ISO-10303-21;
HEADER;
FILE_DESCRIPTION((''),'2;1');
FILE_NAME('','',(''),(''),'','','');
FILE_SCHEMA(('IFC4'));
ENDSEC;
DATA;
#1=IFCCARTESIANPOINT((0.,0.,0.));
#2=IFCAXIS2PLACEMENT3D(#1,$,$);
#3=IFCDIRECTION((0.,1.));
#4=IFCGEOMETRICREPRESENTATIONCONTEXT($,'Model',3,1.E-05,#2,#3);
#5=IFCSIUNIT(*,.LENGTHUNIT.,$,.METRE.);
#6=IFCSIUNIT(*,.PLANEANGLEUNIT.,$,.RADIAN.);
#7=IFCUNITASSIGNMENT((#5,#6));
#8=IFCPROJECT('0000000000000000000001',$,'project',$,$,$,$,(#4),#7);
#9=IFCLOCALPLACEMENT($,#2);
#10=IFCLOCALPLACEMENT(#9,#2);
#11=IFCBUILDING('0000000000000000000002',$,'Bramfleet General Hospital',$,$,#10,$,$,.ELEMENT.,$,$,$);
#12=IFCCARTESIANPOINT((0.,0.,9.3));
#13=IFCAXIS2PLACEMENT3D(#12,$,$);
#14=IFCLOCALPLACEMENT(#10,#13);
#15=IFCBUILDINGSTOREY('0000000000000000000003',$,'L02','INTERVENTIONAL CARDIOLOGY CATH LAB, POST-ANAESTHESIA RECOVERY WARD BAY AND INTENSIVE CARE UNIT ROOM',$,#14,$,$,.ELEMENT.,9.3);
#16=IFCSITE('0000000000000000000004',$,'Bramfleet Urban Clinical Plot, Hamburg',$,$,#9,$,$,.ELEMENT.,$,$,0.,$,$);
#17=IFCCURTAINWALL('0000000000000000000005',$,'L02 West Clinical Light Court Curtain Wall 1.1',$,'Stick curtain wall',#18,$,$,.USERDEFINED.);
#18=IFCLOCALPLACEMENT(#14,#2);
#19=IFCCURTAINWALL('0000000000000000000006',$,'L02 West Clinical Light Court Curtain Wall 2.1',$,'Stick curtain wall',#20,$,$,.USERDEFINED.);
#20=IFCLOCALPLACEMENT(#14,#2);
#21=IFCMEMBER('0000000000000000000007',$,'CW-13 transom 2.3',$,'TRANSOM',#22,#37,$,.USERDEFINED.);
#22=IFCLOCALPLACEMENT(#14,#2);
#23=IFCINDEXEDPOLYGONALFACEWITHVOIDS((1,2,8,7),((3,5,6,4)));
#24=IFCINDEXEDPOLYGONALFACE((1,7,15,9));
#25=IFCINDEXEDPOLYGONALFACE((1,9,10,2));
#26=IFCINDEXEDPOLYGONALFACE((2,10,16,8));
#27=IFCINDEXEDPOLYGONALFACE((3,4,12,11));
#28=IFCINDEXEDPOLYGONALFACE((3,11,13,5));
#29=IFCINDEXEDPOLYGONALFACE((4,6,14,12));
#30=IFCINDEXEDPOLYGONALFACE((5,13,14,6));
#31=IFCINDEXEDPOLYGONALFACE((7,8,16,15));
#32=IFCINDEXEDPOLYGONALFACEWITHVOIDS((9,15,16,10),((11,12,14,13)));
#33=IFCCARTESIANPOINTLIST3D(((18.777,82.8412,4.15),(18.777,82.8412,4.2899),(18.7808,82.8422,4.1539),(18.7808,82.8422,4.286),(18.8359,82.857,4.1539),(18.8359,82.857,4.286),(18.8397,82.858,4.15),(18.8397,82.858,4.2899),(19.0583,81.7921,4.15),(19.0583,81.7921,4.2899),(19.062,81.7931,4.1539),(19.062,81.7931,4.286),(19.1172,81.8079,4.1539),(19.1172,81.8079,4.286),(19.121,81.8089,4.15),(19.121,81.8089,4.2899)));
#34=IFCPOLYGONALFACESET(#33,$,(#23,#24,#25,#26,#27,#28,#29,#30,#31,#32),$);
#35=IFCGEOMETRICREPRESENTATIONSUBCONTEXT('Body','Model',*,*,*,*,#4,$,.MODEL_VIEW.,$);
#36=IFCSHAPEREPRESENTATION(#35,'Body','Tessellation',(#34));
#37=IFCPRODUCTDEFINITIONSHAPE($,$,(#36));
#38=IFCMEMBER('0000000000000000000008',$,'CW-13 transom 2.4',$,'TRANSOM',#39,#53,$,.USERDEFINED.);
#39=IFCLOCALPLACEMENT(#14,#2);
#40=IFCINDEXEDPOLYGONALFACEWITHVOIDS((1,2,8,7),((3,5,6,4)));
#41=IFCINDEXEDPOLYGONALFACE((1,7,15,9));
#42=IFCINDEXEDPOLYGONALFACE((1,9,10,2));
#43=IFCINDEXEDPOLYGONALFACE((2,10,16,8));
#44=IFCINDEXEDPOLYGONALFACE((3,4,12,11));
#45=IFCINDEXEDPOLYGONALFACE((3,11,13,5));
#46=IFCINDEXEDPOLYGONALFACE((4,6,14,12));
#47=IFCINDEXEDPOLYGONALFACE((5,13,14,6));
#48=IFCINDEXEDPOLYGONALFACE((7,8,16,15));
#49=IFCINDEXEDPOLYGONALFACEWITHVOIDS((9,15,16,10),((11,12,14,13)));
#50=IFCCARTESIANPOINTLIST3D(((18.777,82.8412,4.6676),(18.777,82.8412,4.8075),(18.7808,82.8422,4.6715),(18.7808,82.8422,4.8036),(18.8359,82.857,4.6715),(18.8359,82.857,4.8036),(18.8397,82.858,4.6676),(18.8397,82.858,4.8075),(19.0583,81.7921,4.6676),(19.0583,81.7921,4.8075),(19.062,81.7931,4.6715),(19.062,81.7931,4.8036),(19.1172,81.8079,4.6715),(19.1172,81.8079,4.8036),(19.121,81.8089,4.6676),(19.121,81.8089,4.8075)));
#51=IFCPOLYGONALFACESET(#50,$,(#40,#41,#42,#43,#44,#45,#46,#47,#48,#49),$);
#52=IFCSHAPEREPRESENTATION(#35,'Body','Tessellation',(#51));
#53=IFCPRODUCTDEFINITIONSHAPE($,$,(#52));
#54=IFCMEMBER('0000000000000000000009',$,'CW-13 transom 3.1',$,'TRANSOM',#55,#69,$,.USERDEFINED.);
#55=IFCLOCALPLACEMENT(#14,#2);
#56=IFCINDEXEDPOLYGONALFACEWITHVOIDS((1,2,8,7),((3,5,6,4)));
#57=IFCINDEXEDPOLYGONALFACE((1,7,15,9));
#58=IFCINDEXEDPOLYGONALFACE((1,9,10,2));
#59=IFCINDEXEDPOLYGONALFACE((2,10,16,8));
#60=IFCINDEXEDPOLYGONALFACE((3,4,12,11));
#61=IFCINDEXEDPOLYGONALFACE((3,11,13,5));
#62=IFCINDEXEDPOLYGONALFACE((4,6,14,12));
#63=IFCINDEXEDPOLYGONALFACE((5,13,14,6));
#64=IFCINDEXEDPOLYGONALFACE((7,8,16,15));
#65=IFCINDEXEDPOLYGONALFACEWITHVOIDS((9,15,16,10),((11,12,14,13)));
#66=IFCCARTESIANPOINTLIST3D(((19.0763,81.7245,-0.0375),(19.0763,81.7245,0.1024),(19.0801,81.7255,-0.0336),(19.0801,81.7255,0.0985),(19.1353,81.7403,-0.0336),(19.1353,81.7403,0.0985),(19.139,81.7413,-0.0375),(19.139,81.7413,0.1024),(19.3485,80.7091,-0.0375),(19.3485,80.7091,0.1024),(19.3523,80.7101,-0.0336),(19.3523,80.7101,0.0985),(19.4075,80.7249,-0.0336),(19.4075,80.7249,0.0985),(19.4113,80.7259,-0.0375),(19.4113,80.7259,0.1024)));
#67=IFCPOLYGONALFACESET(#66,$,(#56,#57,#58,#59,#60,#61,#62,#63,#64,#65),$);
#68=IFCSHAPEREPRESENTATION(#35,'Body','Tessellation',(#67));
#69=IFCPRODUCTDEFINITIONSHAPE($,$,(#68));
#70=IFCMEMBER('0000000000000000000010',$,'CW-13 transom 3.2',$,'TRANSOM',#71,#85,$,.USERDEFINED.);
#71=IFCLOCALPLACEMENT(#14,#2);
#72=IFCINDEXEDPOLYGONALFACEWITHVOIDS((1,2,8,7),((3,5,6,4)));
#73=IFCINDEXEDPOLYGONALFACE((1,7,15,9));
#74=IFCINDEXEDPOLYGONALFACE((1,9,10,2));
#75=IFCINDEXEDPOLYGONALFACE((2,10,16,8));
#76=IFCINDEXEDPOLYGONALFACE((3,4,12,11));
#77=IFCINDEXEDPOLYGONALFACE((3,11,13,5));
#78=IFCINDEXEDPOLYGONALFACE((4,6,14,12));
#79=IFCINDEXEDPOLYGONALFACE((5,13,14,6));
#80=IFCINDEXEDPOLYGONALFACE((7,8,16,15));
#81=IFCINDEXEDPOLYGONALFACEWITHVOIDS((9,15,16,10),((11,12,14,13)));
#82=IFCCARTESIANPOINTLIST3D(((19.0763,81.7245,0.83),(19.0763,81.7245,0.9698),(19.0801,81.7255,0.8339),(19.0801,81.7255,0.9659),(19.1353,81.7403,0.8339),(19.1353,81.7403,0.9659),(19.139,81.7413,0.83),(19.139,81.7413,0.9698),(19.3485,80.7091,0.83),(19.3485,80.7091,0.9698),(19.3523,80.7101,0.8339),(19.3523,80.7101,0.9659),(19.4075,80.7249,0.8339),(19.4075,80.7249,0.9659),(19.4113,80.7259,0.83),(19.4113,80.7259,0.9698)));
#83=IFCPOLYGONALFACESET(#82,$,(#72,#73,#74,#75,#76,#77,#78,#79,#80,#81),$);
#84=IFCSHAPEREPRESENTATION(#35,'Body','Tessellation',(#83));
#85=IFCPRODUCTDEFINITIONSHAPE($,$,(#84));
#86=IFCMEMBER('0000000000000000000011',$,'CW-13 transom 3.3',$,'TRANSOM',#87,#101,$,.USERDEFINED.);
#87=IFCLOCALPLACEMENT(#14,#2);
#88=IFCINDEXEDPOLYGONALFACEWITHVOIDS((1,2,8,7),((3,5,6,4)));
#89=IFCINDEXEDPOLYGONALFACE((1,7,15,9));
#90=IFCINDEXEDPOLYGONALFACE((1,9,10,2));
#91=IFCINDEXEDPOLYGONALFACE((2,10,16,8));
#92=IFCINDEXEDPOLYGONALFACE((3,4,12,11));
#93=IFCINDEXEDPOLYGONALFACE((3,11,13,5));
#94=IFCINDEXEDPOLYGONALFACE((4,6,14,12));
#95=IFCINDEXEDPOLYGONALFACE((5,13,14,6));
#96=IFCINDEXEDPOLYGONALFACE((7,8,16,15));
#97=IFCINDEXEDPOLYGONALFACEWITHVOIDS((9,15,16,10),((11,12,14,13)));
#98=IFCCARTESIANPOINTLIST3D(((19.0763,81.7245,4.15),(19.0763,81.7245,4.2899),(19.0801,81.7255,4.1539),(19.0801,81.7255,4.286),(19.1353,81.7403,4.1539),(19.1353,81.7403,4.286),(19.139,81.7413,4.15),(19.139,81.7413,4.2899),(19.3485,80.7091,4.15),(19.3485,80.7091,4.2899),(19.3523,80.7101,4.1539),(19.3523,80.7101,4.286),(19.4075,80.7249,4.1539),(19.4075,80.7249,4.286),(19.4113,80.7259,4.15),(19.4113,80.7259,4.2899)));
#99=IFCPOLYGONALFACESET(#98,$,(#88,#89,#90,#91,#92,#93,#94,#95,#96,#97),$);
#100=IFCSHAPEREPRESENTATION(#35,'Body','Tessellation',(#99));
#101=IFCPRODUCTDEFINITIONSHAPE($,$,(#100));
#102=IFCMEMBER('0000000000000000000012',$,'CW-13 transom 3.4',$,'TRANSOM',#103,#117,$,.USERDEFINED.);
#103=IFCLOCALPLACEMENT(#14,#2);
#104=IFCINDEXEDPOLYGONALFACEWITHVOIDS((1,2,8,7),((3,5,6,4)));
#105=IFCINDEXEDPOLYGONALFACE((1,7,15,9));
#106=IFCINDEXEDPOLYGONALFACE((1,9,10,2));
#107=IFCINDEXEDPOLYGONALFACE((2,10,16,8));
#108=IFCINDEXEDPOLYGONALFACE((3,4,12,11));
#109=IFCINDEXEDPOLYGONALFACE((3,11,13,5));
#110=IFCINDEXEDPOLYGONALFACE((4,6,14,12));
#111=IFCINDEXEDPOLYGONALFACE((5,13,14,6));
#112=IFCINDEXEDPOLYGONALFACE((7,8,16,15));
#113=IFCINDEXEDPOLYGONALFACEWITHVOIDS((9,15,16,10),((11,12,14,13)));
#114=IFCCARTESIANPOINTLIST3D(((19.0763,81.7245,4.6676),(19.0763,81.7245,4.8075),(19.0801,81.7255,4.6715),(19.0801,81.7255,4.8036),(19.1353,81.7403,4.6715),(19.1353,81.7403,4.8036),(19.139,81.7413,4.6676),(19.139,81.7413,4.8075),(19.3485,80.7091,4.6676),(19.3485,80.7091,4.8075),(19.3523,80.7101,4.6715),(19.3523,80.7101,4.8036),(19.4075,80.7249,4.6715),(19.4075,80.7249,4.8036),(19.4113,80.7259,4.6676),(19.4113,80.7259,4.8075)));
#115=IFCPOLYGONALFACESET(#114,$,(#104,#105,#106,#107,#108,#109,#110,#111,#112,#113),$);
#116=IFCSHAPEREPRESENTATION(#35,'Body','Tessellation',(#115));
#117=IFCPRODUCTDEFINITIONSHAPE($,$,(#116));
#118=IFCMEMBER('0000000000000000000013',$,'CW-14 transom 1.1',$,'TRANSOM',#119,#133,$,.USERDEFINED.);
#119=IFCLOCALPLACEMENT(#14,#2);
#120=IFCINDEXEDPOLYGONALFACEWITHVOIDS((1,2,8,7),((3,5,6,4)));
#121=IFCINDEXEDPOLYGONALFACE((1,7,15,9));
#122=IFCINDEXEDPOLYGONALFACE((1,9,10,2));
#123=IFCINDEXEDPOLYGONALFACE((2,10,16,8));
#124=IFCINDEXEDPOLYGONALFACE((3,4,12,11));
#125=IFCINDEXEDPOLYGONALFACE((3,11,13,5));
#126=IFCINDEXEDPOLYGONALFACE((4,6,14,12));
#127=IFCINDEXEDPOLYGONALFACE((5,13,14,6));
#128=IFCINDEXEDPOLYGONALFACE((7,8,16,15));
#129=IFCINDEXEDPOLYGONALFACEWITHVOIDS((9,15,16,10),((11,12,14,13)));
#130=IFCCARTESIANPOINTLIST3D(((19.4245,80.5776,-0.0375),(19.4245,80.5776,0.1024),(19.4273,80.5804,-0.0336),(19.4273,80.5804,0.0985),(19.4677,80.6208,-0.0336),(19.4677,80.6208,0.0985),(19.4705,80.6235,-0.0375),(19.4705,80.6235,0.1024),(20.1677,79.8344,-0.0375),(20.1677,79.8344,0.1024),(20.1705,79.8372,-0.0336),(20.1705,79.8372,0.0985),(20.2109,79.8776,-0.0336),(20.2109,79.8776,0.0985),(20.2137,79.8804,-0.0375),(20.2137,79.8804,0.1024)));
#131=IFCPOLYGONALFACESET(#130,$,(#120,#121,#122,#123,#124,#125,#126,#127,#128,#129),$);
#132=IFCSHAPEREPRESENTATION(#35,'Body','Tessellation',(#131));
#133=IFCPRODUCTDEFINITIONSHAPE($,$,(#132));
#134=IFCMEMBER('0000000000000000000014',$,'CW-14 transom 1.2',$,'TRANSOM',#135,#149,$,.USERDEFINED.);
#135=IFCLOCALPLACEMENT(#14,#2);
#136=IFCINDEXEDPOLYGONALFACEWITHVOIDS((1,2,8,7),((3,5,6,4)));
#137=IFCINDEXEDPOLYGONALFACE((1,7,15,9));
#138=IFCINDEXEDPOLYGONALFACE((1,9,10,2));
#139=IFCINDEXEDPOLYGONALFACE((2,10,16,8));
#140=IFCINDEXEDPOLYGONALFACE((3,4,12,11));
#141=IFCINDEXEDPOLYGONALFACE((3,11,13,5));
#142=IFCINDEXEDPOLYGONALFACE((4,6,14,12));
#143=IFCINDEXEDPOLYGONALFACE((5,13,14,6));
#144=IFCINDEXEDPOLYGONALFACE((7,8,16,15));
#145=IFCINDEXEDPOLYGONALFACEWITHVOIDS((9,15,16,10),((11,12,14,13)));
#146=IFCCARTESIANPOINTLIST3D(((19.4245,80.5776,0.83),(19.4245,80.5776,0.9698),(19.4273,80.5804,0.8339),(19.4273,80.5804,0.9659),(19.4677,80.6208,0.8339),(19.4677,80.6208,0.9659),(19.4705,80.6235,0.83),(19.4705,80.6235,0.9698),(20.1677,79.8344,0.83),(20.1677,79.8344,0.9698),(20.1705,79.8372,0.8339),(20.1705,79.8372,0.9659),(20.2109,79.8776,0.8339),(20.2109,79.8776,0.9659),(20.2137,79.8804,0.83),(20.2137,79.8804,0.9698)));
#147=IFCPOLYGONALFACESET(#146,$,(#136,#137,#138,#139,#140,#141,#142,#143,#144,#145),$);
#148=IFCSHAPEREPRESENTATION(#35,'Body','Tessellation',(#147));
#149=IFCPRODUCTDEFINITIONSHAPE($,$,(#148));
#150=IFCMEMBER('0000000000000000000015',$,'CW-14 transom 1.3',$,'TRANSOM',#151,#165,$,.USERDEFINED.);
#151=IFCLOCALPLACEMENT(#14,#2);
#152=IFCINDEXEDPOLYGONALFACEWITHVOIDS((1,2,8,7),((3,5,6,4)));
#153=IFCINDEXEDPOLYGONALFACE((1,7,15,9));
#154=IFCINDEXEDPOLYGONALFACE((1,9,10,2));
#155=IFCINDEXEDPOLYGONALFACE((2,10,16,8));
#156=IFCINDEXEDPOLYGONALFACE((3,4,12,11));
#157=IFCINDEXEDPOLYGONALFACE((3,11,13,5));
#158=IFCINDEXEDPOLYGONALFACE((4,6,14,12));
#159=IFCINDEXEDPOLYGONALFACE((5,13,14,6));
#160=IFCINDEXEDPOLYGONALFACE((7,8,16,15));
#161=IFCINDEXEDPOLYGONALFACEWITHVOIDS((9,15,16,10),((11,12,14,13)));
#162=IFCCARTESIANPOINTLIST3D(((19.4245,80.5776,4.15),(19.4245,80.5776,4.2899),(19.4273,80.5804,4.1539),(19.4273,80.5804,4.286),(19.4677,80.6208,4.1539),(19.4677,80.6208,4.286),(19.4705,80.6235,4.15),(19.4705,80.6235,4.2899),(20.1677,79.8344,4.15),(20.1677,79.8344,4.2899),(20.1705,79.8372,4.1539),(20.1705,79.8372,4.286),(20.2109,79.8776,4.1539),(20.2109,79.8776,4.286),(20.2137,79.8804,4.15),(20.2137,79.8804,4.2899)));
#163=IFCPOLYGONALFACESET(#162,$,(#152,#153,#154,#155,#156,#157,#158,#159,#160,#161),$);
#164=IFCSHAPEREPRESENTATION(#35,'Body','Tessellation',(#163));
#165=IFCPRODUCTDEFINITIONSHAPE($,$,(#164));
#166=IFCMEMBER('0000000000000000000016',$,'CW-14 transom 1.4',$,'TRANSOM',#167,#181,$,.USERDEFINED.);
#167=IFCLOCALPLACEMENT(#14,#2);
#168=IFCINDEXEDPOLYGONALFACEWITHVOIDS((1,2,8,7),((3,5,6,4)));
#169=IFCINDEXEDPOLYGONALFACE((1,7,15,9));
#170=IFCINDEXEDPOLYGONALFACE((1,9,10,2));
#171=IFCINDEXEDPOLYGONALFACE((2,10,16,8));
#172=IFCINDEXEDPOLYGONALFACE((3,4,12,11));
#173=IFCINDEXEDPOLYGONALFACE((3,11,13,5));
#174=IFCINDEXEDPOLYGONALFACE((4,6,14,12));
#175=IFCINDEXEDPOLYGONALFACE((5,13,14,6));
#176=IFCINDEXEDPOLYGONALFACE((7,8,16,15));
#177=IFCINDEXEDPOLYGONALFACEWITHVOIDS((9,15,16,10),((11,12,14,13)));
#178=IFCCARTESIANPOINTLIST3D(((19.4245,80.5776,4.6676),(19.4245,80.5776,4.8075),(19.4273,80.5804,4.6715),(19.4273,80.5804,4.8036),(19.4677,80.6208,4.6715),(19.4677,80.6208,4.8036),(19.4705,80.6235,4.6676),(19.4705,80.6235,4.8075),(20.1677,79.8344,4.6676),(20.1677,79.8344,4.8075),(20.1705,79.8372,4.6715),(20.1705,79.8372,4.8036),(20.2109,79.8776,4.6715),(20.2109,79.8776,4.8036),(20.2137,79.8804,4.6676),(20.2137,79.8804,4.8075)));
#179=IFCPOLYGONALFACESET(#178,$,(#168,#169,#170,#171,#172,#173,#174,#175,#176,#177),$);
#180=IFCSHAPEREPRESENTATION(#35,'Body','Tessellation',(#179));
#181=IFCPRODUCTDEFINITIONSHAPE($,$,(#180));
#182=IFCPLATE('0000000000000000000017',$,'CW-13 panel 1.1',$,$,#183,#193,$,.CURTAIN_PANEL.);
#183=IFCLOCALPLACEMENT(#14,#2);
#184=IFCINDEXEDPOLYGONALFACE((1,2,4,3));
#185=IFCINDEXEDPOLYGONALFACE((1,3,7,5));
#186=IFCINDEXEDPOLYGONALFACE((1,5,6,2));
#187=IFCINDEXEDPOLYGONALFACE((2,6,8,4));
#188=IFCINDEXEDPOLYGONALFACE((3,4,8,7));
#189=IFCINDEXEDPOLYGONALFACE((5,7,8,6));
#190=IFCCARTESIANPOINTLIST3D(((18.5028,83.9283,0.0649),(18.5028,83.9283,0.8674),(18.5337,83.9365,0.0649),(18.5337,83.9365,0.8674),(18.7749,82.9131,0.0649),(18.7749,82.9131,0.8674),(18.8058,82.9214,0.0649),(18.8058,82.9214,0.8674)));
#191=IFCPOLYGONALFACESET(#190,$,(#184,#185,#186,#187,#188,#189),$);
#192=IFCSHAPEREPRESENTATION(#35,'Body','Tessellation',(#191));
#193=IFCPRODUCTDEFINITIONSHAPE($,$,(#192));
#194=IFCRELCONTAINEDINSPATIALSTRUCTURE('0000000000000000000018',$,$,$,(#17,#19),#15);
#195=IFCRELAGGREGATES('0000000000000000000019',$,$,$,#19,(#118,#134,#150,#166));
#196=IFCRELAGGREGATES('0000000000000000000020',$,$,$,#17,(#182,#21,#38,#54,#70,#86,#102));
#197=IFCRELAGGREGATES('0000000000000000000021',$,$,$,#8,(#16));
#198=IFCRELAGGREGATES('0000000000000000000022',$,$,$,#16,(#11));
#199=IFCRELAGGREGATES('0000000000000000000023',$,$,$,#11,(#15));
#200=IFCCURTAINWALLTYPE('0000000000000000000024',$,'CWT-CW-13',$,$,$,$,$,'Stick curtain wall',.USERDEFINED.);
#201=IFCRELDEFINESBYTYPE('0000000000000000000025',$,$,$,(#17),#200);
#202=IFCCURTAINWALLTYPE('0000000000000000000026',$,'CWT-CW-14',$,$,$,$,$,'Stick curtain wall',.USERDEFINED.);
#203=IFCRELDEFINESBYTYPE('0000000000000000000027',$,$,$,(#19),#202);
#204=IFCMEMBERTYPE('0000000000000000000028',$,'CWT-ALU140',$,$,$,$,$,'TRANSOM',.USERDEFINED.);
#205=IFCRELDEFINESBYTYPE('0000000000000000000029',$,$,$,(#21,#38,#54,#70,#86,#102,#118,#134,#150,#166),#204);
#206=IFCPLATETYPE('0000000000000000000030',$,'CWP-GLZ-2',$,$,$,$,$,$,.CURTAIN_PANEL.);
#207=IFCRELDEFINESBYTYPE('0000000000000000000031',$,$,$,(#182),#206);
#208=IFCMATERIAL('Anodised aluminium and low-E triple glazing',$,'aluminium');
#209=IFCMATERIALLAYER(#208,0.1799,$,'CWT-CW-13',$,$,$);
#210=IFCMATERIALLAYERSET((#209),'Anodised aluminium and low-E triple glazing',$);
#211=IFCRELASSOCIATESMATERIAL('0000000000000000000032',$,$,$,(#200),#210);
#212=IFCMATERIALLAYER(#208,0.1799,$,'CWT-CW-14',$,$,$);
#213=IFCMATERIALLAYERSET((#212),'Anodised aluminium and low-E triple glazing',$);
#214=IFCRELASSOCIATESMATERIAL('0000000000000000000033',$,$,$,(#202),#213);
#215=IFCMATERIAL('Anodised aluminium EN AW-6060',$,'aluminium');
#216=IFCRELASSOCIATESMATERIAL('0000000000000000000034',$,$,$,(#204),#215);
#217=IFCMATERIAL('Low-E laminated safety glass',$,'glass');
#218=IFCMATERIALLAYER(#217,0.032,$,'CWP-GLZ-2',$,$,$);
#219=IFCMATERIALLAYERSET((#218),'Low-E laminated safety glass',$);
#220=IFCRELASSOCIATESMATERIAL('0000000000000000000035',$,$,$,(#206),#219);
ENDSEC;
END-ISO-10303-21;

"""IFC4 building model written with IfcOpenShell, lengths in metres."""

from ifc_helpers import new_model, si_unit, direction, frame, origin, origin_2d, place, context, subcontext, project, spatial, rectangle, hollow_rectangle, extrude, material, layer, layer_set, material_profile, profile_set, type_object, element, aggregate, save


model = new_model("IFC4")

# Units and contexts
model_context = context("Model", 3, precision=1e-05, world=origin(), true_north=direction((0.0, 1.0)))
body_context = subcontext(model_context, "Body", "Model", "MODEL_VIEW")
ifc_project = project(units=[si_unit("LENGTHUNIT", "METRE"), si_unit("PLANEANGLEUNIT", "RADIAN")], contexts=[model_context])

# Site, building, storey
site_placement = place(None, origin())
site = spatial("IfcSite", under=ifc_project, at=site_placement, Name="Bramfleet Urban Clinical Plot, Hamburg", CompositionType="ELEMENT", RefElevation=0.0)
building_placement = place(site_placement, origin())
building = spatial("IfcBuilding", under=site, at=building_placement, Name="Bramfleet General Hospital", CompositionType="ELEMENT")
storey_placement = place(building_placement, frame((0.0, 0.0, 9.3)))
storey = spatial("IfcBuildingStorey", under=building, at=storey_placement, Name="L02", Description="INTERVENTIONAL CARDIOLOGY CATH LAB, POST-ANAESTHESIA RECOVERY WARD BAY AND INTENSIVE CARE UNIT ROOM", CompositionType="ELEMENT", Elevation=9.3)

# Curtain wall
ifc_material_1 = material(Name="Anodised aluminium and low-E triple glazing", Category="aluminium")
ifc_layer_1 = layer(ifc_material_1, 0.1799, Name="CWT-CW-13")
ifc_layer_set_1 = layer_set([ifc_layer_1], Name="Anodised aluminium and low-E triple glazing")
curtain_wall_type_1 = type_object("IfcCurtainWallType", Name="CWT-CW-13", ElementType="Stick curtain wall", PredefinedType="USERDEFINED", material=ifc_layer_set_1)
curtain_wall_1_placement = place(storey_placement, origin())
curtain_wall_1 = element("IfcCurtainWall", 1, at=curtain_wall_1_placement, inside=storey, type_object=curtain_wall_type_1, Name="L02 West Clinical Light Court Curtain Wall 1.1", ObjectType="Stick curtain wall", PredefinedType="USERDEFINED")
ifc_material_2 = material(Name="Anodised aluminium EN AW-6060", Category="aluminium")

# Curtain wall
ifc_layer_2 = layer(ifc_material_1, 0.1799, Name="CWT-CW-14")
ifc_layer_set_2 = layer_set([ifc_layer_2], Name="Anodised aluminium and low-E triple glazing")
curtain_wall_type_2 = type_object("IfcCurtainWallType", Name="CWT-CW-14", ElementType="Stick curtain wall", PredefinedType="USERDEFINED", material=ifc_layer_set_2)
curtain_wall_2_placement = place(storey_placement, origin())
curtain_wall_2 = element("IfcCurtainWall", 2, at=curtain_wall_2_placement, inside=storey, type_object=curtain_wall_type_2, Name="L02 West Clinical Light Court Curtain Wall 2.1", ObjectType="Stick curtain wall", PredefinedType="USERDEFINED")

# Members
ifc_material_profile_1 = material_profile(ifc_material_2, hollow_rectangle(XDim=0.0649, YDim=0.1399, WallThickness=0.0039, at=origin_2d()), Name="ALU 140x65x4.0")
ifc_profile_set_1 = profile_set([ifc_material_profile_1], Name="Anodised aluminium EN AW-6060")
member_type_1 = type_object("IfcMemberType", Name="CWT-ALU140", ElementType="TRANSOM", PredefinedType="USERDEFINED", material=ifc_profile_set_1)
member_1_placement = place(storey_placement, frame((18.8083, 82.8496, 4.22), z_axis=(0.25895, -0.965891, 0.0), x_axis=(0.965891, 0.25895, 0.0)))
member_1 = element("IfcMember", 3, at=member_1_placement, type_object=member_type_1, Name="CW-13 transom 2.3", ObjectType="TRANSOM", PredefinedType="USERDEFINED", context=body_context, shape_type="SweptSolid", body=[
    extrude(hollow_rectangle(XDim=0.0649, YDim=0.1399, WallThickness=0.0039, at=origin_2d()), origin(), (0.0, 0.0, 1.0), 1.0862),
])
member_2_placement = place(storey_placement, frame((18.8083, 82.8496, 4.7375), z_axis=(0.25895, -0.965891, 0.0), x_axis=(0.965891, 0.25895, 0.0)))
member_2 = element("IfcMember", 4, at=member_2_placement, type_object=member_type_1, Name="CW-13 transom 2.4", ObjectType="TRANSOM", PredefinedType="USERDEFINED", context=body_context, shape_type="SweptSolid", body=[
    extrude(hollow_rectangle(XDim=0.0649, YDim=0.1399, WallThickness=0.0039, at=origin_2d()), origin(), (0.0, 0.0, 1.0), 1.0862),
])
member_3_placement = place(storey_placement, frame((19.1077, 81.7329, 0.0325), z_axis=(0.258949, -0.965891, 0.0), x_axis=(0.965891, 0.258949, 0.0)))
member_3 = element("IfcMember", 5, at=member_3_placement, type_object=member_type_1, Name="CW-13 transom 3.1", ObjectType="TRANSOM", PredefinedType="USERDEFINED", context=body_context, shape_type="SweptSolid", body=[
    extrude(hollow_rectangle(XDim=0.0649, YDim=0.1399, WallThickness=0.0039, at=origin_2d()), origin(), (0.0, 0.0, 1.0), 1.0513),
])
member_4_placement = place(storey_placement, frame((19.1077, 81.7329, 0.8999), z_axis=(0.258949, -0.965891, 0.0), x_axis=(0.965891, 0.258949, 0.0)))
member_4 = element("IfcMember", 6, at=member_4_placement, type_object=member_type_1, Name="CW-13 transom 3.2", ObjectType="TRANSOM", PredefinedType="USERDEFINED", context=body_context, shape_type="SweptSolid", body=[
    extrude(hollow_rectangle(XDim=0.0649, YDim=0.1399, WallThickness=0.0039, at=origin_2d()), origin(), (0.0, 0.0, 1.0), 1.0513),
])
member_5_placement = place(storey_placement, frame((19.1077, 81.7329, 4.22), z_axis=(0.258949, -0.965891, 0.0), x_axis=(0.965891, 0.258949, 0.0)))
member_5 = element("IfcMember", 7, at=member_5_placement, type_object=member_type_1, Name="CW-13 transom 3.3", ObjectType="TRANSOM", PredefinedType="USERDEFINED", context=body_context, shape_type="SweptSolid", body=[
    extrude(hollow_rectangle(XDim=0.0649, YDim=0.1399, WallThickness=0.0039, at=origin_2d()), origin(), (0.0, 0.0, 1.0), 1.0513),
])
member_6_placement = place(storey_placement, frame((19.1077, 81.7329, 4.7375), z_axis=(0.258949, -0.965891, 0.0), x_axis=(0.965891, 0.258949, 0.0)))
member_6 = element("IfcMember", 8, at=member_6_placement, type_object=member_type_1, Name="CW-13 transom 3.4", ObjectType="TRANSOM", PredefinedType="USERDEFINED", context=body_context, shape_type="SweptSolid", body=[
    extrude(hollow_rectangle(XDim=0.0649, YDim=0.1399, WallThickness=0.0039, at=origin_2d()), origin(), (0.0, 0.0, 1.0), 1.0513),
])
member_7_placement = place(storey_placement, frame((19.4475, 80.6006, 0.0325), z_axis=(0.707107, -0.707107, 0.0), x_axis=(0.707107, 0.707107, 0.0)))
member_7 = element("IfcMember", 9, at=member_7_placement, type_object=member_type_1, Name="CW-14 transom 1.1", ObjectType="TRANSOM", PredefinedType="USERDEFINED", context=body_context, shape_type="SweptSolid", body=[
    extrude(hollow_rectangle(XDim=0.0649, YDim=0.1399, WallThickness=0.0039, at=origin_2d()), origin(), (0.0, 0.0, 1.0), 1.051),
])
member_8_placement = place(storey_placement, frame((19.4475, 80.6006, 0.8999), z_axis=(0.707107, -0.707107, 0.0), x_axis=(0.707107, 0.707107, 0.0)))
member_8 = element("IfcMember", 10, at=member_8_placement, type_object=member_type_1, Name="CW-14 transom 1.2", ObjectType="TRANSOM", PredefinedType="USERDEFINED", context=body_context, shape_type="SweptSolid", body=[
    extrude(hollow_rectangle(XDim=0.0649, YDim=0.1399, WallThickness=0.0039, at=origin_2d()), origin(), (0.0, 0.0, 1.0), 1.051),
])
member_9_placement = place(storey_placement, frame((19.4475, 80.6006, 4.22), z_axis=(0.707107, -0.707107, 0.0), x_axis=(0.707107, 0.707107, 0.0)))
member_9 = element("IfcMember", 11, at=member_9_placement, type_object=member_type_1, Name="CW-14 transom 1.3", ObjectType="TRANSOM", PredefinedType="USERDEFINED", context=body_context, shape_type="SweptSolid", body=[
    extrude(hollow_rectangle(XDim=0.0649, YDim=0.1399, WallThickness=0.0039, at=origin_2d()), origin(), (0.0, 0.0, 1.0), 1.051),
])
member_10_placement = place(storey_placement, frame((19.4475, 80.6006, 4.7375), z_axis=(0.707107, -0.707107, 0.0), x_axis=(0.707107, 0.707107, 0.0)))
member_10 = element("IfcMember", 12, at=member_10_placement, type_object=member_type_1, Name="CW-14 transom 1.4", ObjectType="TRANSOM", PredefinedType="USERDEFINED", context=body_context, shape_type="SweptSolid", body=[
    extrude(hollow_rectangle(XDim=0.0649, YDim=0.1399, WallThickness=0.0039, at=origin_2d()), origin(), (0.0, 0.0, 1.0), 1.051),
])
aggregate(curtain_wall_2, [member_7, member_8, member_9, member_10])

# Plate
ifc_material_3 = material(Name="Low-E laminated safety glass", Category="glass")
ifc_layer_3 = layer(ifc_material_3, 0.032, Name="CWP-GLZ-2")
ifc_layer_set_3 = layer_set([ifc_layer_3], Name="Low-E laminated safety glass")
plate_type = type_object("IfcPlateType", Name="CWP-GLZ-2", PredefinedType="CURTAIN_PANEL", material=ifc_layer_set_3)
plate_1_placement = place(storey_placement, frame((18.6543, 83.4248, 0.0649), z_axis=(0.0, 0.0, 1.0), x_axis=(0.258919, -0.965899, 0.0)))
plate_1 = element("IfcPlate", 13, at=plate_1_placement, type_object=plate_type, Name="CW-13 panel 1.1", PredefinedType="CURTAIN_PANEL", context=body_context, shape_type="SweptSolid", body=[
    extrude(rectangle(XDim=1.051, YDim=0.032, at=origin_2d()), origin(), (0.0, 0.0, 1.0), 0.8025),
])
aggregate(curtain_wall_1, [plate_1, member_1, member_2, member_3, member_4, member_5, member_6])

save(model, "model.ifc")
